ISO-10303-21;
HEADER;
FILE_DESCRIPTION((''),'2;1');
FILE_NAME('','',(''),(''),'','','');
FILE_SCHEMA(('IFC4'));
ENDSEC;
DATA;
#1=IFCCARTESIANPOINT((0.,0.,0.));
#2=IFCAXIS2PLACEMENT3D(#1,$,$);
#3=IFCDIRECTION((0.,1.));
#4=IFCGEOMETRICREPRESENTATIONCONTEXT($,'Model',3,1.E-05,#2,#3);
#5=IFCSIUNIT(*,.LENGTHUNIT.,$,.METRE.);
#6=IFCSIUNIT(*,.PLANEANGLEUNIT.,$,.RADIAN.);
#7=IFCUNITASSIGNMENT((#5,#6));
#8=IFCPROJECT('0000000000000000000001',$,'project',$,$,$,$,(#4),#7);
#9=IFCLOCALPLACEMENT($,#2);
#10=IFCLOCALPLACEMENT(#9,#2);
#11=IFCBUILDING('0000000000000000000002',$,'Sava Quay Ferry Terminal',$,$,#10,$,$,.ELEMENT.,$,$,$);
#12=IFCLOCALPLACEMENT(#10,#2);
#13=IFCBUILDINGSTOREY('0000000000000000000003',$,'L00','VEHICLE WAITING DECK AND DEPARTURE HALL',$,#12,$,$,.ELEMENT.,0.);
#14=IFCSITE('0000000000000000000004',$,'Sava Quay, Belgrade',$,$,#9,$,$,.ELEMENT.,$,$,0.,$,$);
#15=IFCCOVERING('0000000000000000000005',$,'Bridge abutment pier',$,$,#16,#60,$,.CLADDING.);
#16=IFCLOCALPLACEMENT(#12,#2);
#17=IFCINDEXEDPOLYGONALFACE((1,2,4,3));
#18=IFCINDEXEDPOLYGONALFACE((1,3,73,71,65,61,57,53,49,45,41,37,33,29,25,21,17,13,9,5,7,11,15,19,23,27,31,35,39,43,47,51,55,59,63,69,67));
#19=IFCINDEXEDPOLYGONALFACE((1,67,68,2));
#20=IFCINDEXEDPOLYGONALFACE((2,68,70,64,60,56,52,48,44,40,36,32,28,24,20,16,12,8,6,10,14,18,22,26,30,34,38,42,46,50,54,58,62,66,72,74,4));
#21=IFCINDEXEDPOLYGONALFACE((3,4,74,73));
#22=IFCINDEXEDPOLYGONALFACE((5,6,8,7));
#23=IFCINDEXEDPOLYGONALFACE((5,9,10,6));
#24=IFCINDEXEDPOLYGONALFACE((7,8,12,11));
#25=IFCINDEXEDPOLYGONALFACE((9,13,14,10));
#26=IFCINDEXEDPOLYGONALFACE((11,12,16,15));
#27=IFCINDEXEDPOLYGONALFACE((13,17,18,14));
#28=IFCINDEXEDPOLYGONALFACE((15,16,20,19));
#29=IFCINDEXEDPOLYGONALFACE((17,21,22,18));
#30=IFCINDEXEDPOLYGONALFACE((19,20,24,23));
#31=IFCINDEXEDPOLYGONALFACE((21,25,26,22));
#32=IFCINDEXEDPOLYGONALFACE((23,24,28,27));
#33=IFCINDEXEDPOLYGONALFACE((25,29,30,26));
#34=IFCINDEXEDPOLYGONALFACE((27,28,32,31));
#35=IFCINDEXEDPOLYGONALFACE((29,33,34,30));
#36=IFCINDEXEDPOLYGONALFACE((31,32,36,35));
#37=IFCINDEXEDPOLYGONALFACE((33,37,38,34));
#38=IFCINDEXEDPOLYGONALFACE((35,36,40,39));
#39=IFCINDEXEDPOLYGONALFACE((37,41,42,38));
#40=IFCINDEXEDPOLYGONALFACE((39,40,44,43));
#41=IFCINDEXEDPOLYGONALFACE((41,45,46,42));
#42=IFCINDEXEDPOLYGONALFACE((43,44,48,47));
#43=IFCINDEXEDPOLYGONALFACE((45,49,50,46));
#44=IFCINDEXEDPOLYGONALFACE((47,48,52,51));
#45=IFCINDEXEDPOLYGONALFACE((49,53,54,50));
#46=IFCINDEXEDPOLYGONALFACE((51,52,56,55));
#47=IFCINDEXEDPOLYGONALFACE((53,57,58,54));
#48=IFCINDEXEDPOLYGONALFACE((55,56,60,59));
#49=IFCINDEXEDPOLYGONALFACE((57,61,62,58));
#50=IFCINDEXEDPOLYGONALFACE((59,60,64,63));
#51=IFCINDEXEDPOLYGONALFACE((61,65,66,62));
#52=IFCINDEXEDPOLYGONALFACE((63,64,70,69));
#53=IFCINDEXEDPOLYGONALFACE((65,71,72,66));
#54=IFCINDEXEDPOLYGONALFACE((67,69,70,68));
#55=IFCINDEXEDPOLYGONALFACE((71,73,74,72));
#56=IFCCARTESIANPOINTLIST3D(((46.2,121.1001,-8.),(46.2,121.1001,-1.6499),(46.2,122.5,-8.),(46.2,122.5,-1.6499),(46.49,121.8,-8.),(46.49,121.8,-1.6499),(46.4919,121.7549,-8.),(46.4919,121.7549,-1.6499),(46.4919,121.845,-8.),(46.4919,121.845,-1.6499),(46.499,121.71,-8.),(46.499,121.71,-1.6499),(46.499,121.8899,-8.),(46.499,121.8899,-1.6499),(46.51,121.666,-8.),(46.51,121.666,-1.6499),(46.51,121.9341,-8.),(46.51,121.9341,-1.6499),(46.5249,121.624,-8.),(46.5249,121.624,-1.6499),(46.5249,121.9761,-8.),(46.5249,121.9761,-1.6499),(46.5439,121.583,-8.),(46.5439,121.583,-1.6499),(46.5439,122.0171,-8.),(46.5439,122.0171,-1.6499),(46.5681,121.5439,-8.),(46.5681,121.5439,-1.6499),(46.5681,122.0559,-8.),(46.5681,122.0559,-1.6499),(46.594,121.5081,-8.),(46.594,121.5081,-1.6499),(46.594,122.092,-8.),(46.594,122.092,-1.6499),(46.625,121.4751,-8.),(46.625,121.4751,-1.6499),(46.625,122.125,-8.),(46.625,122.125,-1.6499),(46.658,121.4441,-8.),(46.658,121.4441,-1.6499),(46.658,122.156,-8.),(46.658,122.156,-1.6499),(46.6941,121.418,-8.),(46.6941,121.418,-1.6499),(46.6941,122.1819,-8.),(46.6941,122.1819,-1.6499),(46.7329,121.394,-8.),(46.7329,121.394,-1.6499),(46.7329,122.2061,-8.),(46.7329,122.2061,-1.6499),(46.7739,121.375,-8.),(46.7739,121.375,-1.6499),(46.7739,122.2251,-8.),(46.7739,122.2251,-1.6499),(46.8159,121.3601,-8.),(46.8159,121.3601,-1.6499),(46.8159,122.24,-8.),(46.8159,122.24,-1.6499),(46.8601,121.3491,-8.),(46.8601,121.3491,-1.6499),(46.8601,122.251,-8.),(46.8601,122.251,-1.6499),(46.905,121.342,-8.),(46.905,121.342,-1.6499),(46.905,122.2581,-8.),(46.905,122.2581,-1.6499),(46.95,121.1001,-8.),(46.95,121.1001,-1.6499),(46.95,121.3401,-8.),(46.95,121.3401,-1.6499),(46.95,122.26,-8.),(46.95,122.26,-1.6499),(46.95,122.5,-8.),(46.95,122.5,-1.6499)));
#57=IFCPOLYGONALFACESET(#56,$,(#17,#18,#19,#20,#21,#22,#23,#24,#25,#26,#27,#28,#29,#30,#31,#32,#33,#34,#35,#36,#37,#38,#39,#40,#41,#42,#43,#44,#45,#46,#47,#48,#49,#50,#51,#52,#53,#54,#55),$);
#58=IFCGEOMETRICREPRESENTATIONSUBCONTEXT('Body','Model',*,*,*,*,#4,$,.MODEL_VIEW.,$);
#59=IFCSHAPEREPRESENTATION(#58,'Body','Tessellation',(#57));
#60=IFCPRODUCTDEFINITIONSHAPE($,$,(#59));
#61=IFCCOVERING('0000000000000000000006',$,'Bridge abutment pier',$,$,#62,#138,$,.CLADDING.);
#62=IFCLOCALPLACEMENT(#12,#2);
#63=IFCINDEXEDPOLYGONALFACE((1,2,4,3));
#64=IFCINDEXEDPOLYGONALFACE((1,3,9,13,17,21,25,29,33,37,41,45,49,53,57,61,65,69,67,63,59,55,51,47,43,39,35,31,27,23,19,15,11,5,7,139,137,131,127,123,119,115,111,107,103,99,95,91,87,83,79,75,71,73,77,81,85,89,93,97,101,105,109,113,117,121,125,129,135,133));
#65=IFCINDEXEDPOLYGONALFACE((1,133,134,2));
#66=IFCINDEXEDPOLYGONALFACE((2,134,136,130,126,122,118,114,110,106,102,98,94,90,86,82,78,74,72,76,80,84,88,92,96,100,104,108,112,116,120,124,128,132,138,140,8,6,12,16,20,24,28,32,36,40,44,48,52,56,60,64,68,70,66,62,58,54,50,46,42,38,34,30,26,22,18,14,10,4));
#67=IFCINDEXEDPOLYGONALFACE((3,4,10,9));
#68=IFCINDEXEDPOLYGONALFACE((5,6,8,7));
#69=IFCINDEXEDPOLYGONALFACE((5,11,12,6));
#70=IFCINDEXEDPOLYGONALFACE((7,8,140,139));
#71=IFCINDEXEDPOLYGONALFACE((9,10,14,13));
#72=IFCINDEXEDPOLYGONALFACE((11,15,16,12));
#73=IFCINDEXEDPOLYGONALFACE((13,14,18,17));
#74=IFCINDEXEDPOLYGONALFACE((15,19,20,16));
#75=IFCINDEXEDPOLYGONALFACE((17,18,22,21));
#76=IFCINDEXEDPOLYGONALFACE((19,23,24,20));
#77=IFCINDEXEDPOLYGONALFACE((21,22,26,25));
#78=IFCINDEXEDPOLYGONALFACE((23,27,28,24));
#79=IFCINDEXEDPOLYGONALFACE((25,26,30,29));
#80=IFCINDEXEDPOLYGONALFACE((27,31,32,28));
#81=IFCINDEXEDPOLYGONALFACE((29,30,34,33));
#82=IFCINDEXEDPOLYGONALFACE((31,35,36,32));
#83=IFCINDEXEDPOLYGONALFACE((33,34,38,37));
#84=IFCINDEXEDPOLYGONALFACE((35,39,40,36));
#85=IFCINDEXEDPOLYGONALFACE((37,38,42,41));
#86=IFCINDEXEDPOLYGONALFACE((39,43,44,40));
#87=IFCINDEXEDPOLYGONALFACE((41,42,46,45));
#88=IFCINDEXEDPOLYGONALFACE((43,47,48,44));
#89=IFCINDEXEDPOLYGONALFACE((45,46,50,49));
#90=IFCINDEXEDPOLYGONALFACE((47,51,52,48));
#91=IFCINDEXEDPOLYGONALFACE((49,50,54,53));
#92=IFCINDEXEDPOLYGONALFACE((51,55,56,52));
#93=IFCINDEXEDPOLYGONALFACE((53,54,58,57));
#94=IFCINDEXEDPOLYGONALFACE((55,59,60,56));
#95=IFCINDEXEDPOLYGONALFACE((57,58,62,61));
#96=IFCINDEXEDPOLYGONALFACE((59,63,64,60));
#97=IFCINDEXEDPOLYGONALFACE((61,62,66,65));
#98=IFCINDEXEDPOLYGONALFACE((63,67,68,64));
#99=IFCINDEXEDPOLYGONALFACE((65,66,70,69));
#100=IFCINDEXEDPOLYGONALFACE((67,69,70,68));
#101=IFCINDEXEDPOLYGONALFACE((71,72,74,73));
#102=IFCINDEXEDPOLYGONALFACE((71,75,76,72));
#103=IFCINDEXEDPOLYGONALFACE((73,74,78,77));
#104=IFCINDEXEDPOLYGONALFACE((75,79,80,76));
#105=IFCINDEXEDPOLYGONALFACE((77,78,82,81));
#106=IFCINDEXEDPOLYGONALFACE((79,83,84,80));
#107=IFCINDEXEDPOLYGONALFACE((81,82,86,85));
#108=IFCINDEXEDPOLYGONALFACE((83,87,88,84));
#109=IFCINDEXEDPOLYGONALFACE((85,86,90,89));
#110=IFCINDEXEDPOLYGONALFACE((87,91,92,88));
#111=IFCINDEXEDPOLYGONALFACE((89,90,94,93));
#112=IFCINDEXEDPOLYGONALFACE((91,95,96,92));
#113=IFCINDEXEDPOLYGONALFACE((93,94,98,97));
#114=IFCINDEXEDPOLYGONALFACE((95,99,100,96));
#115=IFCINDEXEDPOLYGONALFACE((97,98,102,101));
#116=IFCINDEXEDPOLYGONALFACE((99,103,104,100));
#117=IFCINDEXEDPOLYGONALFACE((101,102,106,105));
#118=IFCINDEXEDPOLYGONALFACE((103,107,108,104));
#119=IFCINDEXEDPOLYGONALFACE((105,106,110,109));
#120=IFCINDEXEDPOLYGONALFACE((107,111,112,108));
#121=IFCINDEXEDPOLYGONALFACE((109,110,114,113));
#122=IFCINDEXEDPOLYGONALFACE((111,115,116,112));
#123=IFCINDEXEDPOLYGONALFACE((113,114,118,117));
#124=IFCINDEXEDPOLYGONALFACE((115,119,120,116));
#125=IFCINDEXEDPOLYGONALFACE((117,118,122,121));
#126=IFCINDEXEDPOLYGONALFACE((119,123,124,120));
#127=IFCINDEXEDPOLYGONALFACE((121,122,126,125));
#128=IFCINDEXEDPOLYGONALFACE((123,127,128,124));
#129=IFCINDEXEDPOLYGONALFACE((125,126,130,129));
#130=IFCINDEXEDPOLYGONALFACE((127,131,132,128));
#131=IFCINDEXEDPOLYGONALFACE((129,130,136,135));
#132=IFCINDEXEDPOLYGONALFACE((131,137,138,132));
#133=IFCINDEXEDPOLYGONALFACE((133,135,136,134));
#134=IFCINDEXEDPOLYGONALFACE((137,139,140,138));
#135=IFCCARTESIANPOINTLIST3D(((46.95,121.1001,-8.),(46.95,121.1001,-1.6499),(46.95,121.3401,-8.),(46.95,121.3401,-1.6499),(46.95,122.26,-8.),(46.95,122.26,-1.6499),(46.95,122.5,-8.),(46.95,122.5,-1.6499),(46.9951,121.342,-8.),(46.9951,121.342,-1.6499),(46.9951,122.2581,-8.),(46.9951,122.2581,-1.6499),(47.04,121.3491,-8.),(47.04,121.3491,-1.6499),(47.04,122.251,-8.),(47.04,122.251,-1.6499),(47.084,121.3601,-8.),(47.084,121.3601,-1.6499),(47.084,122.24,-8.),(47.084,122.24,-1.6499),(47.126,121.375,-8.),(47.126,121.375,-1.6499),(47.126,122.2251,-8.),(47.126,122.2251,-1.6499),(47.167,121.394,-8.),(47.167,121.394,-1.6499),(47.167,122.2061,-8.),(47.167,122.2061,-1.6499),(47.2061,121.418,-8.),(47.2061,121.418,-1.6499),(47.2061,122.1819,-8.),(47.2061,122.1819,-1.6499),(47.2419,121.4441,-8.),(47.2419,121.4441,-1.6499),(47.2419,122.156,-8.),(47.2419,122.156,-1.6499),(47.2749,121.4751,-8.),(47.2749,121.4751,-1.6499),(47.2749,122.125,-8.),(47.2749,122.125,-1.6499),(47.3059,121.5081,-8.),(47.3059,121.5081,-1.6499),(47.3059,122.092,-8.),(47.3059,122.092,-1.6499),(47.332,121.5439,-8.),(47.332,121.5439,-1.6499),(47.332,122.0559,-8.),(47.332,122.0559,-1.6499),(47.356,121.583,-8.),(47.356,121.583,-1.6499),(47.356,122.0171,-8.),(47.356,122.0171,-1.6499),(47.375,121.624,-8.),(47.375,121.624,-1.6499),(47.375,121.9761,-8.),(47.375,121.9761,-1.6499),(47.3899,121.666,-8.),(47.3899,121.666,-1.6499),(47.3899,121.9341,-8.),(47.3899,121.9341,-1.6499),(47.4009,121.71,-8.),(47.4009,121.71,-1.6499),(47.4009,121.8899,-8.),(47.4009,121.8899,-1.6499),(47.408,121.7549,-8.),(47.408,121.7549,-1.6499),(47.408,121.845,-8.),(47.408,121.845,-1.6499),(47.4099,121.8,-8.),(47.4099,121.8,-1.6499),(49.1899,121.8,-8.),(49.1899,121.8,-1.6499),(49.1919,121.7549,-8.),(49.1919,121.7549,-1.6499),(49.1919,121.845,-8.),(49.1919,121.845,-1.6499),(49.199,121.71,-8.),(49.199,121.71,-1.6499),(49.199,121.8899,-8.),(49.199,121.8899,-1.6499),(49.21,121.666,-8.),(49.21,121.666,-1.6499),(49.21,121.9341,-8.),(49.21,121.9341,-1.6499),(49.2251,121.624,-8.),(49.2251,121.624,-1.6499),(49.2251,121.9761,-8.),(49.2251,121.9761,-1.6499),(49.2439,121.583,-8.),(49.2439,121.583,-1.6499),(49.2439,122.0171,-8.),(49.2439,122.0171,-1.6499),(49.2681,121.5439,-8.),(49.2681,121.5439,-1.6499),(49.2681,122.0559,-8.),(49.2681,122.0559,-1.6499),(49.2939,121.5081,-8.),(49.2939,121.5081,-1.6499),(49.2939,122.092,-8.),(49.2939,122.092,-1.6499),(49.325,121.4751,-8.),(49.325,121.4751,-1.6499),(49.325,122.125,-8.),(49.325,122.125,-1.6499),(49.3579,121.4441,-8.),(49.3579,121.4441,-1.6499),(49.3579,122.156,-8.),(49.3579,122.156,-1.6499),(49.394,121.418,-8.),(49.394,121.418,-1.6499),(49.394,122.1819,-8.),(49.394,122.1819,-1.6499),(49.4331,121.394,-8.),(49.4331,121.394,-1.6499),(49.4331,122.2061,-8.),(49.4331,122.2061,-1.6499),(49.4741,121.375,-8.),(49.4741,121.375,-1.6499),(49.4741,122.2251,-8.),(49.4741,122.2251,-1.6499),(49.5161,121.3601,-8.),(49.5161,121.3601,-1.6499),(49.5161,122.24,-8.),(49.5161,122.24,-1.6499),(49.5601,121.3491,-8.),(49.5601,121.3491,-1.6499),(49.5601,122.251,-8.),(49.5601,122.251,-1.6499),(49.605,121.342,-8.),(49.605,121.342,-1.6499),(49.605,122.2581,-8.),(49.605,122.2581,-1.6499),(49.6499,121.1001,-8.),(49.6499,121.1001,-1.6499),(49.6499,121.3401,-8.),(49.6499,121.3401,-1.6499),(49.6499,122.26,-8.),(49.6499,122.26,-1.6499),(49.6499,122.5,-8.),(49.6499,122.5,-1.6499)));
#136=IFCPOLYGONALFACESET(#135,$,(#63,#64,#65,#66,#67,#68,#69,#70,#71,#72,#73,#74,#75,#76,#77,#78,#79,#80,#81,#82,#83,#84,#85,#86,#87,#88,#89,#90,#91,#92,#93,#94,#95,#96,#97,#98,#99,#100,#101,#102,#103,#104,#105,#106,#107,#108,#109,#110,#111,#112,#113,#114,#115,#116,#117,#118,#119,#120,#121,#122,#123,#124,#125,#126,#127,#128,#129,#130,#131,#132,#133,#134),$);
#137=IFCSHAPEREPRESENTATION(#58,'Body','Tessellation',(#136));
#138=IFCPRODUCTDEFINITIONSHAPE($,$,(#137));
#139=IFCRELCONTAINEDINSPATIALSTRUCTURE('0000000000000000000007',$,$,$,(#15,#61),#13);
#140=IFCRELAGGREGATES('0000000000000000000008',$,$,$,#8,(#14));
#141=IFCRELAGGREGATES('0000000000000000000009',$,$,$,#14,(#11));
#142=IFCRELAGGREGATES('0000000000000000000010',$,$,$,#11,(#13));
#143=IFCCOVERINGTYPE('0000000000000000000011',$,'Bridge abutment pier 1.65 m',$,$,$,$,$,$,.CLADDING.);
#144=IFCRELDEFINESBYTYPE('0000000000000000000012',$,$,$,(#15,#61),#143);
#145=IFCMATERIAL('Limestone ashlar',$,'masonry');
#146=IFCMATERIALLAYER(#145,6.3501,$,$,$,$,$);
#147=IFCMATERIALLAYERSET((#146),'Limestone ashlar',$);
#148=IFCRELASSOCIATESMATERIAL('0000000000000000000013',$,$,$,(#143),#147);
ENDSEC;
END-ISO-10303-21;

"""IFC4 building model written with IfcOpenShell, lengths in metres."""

from ifc_helpers import new_model, si_unit, direction, frame, origin, place, context, subcontext, project, spatial, polyline, outline, extrude, material, layer, layer_set, type_object, element, save


model = new_model("IFC4")

# Units and contexts
model_context = context("Model", 3, precision=1e-05, world=origin(), true_north=direction((0.0, 1.0)))
body_context = subcontext(model_context, "Body", "Model", "MODEL_VIEW")
ifc_project = project(units=[si_unit("LENGTHUNIT", "METRE"), si_unit("PLANEANGLEUNIT", "RADIAN")], contexts=[model_context])

# Site, building, storey
site_placement = place(None, origin())
site = spatial("IfcSite", under=ifc_project, at=site_placement, Name="Sava Quay, Belgrade", CompositionType="ELEMENT", RefElevation=0.0)
building_placement = place(site_placement, origin())
building = spatial("IfcBuilding", under=site, at=building_placement, Name="Sava Quay Ferry Terminal", CompositionType="ELEMENT")
storey_placement = place(building_placement, origin())
storey = spatial("IfcBuildingStorey", under=building, at=storey_placement, Name="L00", Description="VEHICLE WAITING DECK AND DEPARTURE HALL", CompositionType="ELEMENT", Elevation=0.0)

# Coverings
ifc_material_1 = material(Name="Limestone ashlar", Category="masonry")
ifc_layer_1 = layer(ifc_material_1, 6.3501)
ifc_layer_set_1 = layer_set([ifc_layer_1], Name="Limestone ashlar")
covering_type_1 = type_object("IfcCoveringType", Name="Bridge abutment pier 1.65 m", PredefinedType="CLADDING", material=ifc_layer_set_1)
covering_1_placement = place(storey_placement, frame((0.0, 0.0, -8.0)))
element("IfcCovering", 1, at=covering_1_placement, inside=storey, type_object=covering_type_1, Name="Bridge abutment pier", PredefinedType="CLADDING", context=body_context, shape_type="SweptSolid", body=[
    extrude(outline(polyline([(46.2, 122.5), (46.2, 121.1001), (46.95, 121.1001), (46.95, 121.3401), (46.905, 121.342), (46.8601, 121.3491), (46.8159, 121.3601), (46.7739, 121.375), (46.7329, 121.394), (46.6941, 121.418), (46.658, 121.4441), (46.625, 121.4751), (46.594, 121.5081), (46.5681, 121.5439), (46.5439, 121.583), (46.5249, 121.624), (46.51, 121.666), (46.499, 121.71), (46.4919, 121.7549), (46.49, 121.8), (46.4919, 121.845), (46.499, 121.8899), (46.51, 121.9341), (46.5249, 121.9761), (46.5439, 122.0171), (46.5681, 122.0559), (46.594, 122.092), (46.625, 122.125), (46.658, 122.156), (46.6941, 122.1819), (46.7329, 122.2061), (46.7739, 122.2251), (46.8159, 122.24), (46.8601, 122.251), (46.905, 122.2581), (46.95, 122.26), (46.95, 122.5), (46.2, 122.5)])), origin(), (0.0, 0.0, 1.0), 6.3501),
])
covering_2_placement = place(storey_placement, frame((0.0, 0.0, -8.0)))
element("IfcCovering", 2, at=covering_2_placement, inside=storey, type_object=covering_type_1, Name="Bridge abutment pier", PredefinedType="CLADDING", context=body_context, shape_type="SweptSolid", body=[
    extrude(outline(polyline([(46.95, 121.1001), (49.6499, 121.1001), (49.6499, 121.3401), (49.605, 121.342), (49.5601, 121.3491), (49.5161, 121.3601), (49.4741, 121.375), (49.4331, 121.394), (49.394, 121.418), (49.3579, 121.4441), (49.325, 121.4751), (49.2939, 121.5081), (49.2681, 121.5439), (49.2439, 121.583), (49.2251, 121.624), (49.21, 121.666), (49.199, 121.71), (49.1919, 121.7549), (49.1899, 121.8), (49.1919, 121.845), (49.199, 121.8899), (49.21, 121.9341), (49.2251, 121.9761), (49.2439, 122.0171), (49.2681, 122.0559), (49.2939, 122.092), (49.325, 122.125), (49.3579, 122.156), (49.394, 122.1819), (49.4331, 122.2061), (49.4741, 122.2251), (49.5161, 122.24), (49.5601, 122.251), (49.605, 122.2581), (49.6499, 122.26), (49.6499, 122.5), (46.95, 122.5), (46.95, 122.26), (46.9951, 122.2581), (47.04, 122.251), (47.084, 122.24), (47.126, 122.2251), (47.167, 122.2061), (47.2061, 122.1819), (47.2419, 122.156), (47.2749, 122.125), (47.3059, 122.092), (47.332, 122.0559), (47.356, 122.0171), (47.375, 121.9761), (47.3899, 121.9341), (47.4009, 121.8899), (47.408, 121.845), (47.4099, 121.8), (47.408, 121.7549), (47.4009, 121.71), (47.3899, 121.666), (47.375, 121.624), (47.356, 121.583), (47.332, 121.5439), (47.3059, 121.5081), (47.2749, 121.4751), (47.2419, 121.4441), (47.2061, 121.418), (47.167, 121.394), (47.126, 121.375), (47.084, 121.3601), (47.04, 121.3491), (46.9951, 121.342), (46.95, 121.3401), (46.95, 121.1001)])), origin(), (0.0, 0.0, 1.0), 6.3501),
])

save(model, "model.ifc")
